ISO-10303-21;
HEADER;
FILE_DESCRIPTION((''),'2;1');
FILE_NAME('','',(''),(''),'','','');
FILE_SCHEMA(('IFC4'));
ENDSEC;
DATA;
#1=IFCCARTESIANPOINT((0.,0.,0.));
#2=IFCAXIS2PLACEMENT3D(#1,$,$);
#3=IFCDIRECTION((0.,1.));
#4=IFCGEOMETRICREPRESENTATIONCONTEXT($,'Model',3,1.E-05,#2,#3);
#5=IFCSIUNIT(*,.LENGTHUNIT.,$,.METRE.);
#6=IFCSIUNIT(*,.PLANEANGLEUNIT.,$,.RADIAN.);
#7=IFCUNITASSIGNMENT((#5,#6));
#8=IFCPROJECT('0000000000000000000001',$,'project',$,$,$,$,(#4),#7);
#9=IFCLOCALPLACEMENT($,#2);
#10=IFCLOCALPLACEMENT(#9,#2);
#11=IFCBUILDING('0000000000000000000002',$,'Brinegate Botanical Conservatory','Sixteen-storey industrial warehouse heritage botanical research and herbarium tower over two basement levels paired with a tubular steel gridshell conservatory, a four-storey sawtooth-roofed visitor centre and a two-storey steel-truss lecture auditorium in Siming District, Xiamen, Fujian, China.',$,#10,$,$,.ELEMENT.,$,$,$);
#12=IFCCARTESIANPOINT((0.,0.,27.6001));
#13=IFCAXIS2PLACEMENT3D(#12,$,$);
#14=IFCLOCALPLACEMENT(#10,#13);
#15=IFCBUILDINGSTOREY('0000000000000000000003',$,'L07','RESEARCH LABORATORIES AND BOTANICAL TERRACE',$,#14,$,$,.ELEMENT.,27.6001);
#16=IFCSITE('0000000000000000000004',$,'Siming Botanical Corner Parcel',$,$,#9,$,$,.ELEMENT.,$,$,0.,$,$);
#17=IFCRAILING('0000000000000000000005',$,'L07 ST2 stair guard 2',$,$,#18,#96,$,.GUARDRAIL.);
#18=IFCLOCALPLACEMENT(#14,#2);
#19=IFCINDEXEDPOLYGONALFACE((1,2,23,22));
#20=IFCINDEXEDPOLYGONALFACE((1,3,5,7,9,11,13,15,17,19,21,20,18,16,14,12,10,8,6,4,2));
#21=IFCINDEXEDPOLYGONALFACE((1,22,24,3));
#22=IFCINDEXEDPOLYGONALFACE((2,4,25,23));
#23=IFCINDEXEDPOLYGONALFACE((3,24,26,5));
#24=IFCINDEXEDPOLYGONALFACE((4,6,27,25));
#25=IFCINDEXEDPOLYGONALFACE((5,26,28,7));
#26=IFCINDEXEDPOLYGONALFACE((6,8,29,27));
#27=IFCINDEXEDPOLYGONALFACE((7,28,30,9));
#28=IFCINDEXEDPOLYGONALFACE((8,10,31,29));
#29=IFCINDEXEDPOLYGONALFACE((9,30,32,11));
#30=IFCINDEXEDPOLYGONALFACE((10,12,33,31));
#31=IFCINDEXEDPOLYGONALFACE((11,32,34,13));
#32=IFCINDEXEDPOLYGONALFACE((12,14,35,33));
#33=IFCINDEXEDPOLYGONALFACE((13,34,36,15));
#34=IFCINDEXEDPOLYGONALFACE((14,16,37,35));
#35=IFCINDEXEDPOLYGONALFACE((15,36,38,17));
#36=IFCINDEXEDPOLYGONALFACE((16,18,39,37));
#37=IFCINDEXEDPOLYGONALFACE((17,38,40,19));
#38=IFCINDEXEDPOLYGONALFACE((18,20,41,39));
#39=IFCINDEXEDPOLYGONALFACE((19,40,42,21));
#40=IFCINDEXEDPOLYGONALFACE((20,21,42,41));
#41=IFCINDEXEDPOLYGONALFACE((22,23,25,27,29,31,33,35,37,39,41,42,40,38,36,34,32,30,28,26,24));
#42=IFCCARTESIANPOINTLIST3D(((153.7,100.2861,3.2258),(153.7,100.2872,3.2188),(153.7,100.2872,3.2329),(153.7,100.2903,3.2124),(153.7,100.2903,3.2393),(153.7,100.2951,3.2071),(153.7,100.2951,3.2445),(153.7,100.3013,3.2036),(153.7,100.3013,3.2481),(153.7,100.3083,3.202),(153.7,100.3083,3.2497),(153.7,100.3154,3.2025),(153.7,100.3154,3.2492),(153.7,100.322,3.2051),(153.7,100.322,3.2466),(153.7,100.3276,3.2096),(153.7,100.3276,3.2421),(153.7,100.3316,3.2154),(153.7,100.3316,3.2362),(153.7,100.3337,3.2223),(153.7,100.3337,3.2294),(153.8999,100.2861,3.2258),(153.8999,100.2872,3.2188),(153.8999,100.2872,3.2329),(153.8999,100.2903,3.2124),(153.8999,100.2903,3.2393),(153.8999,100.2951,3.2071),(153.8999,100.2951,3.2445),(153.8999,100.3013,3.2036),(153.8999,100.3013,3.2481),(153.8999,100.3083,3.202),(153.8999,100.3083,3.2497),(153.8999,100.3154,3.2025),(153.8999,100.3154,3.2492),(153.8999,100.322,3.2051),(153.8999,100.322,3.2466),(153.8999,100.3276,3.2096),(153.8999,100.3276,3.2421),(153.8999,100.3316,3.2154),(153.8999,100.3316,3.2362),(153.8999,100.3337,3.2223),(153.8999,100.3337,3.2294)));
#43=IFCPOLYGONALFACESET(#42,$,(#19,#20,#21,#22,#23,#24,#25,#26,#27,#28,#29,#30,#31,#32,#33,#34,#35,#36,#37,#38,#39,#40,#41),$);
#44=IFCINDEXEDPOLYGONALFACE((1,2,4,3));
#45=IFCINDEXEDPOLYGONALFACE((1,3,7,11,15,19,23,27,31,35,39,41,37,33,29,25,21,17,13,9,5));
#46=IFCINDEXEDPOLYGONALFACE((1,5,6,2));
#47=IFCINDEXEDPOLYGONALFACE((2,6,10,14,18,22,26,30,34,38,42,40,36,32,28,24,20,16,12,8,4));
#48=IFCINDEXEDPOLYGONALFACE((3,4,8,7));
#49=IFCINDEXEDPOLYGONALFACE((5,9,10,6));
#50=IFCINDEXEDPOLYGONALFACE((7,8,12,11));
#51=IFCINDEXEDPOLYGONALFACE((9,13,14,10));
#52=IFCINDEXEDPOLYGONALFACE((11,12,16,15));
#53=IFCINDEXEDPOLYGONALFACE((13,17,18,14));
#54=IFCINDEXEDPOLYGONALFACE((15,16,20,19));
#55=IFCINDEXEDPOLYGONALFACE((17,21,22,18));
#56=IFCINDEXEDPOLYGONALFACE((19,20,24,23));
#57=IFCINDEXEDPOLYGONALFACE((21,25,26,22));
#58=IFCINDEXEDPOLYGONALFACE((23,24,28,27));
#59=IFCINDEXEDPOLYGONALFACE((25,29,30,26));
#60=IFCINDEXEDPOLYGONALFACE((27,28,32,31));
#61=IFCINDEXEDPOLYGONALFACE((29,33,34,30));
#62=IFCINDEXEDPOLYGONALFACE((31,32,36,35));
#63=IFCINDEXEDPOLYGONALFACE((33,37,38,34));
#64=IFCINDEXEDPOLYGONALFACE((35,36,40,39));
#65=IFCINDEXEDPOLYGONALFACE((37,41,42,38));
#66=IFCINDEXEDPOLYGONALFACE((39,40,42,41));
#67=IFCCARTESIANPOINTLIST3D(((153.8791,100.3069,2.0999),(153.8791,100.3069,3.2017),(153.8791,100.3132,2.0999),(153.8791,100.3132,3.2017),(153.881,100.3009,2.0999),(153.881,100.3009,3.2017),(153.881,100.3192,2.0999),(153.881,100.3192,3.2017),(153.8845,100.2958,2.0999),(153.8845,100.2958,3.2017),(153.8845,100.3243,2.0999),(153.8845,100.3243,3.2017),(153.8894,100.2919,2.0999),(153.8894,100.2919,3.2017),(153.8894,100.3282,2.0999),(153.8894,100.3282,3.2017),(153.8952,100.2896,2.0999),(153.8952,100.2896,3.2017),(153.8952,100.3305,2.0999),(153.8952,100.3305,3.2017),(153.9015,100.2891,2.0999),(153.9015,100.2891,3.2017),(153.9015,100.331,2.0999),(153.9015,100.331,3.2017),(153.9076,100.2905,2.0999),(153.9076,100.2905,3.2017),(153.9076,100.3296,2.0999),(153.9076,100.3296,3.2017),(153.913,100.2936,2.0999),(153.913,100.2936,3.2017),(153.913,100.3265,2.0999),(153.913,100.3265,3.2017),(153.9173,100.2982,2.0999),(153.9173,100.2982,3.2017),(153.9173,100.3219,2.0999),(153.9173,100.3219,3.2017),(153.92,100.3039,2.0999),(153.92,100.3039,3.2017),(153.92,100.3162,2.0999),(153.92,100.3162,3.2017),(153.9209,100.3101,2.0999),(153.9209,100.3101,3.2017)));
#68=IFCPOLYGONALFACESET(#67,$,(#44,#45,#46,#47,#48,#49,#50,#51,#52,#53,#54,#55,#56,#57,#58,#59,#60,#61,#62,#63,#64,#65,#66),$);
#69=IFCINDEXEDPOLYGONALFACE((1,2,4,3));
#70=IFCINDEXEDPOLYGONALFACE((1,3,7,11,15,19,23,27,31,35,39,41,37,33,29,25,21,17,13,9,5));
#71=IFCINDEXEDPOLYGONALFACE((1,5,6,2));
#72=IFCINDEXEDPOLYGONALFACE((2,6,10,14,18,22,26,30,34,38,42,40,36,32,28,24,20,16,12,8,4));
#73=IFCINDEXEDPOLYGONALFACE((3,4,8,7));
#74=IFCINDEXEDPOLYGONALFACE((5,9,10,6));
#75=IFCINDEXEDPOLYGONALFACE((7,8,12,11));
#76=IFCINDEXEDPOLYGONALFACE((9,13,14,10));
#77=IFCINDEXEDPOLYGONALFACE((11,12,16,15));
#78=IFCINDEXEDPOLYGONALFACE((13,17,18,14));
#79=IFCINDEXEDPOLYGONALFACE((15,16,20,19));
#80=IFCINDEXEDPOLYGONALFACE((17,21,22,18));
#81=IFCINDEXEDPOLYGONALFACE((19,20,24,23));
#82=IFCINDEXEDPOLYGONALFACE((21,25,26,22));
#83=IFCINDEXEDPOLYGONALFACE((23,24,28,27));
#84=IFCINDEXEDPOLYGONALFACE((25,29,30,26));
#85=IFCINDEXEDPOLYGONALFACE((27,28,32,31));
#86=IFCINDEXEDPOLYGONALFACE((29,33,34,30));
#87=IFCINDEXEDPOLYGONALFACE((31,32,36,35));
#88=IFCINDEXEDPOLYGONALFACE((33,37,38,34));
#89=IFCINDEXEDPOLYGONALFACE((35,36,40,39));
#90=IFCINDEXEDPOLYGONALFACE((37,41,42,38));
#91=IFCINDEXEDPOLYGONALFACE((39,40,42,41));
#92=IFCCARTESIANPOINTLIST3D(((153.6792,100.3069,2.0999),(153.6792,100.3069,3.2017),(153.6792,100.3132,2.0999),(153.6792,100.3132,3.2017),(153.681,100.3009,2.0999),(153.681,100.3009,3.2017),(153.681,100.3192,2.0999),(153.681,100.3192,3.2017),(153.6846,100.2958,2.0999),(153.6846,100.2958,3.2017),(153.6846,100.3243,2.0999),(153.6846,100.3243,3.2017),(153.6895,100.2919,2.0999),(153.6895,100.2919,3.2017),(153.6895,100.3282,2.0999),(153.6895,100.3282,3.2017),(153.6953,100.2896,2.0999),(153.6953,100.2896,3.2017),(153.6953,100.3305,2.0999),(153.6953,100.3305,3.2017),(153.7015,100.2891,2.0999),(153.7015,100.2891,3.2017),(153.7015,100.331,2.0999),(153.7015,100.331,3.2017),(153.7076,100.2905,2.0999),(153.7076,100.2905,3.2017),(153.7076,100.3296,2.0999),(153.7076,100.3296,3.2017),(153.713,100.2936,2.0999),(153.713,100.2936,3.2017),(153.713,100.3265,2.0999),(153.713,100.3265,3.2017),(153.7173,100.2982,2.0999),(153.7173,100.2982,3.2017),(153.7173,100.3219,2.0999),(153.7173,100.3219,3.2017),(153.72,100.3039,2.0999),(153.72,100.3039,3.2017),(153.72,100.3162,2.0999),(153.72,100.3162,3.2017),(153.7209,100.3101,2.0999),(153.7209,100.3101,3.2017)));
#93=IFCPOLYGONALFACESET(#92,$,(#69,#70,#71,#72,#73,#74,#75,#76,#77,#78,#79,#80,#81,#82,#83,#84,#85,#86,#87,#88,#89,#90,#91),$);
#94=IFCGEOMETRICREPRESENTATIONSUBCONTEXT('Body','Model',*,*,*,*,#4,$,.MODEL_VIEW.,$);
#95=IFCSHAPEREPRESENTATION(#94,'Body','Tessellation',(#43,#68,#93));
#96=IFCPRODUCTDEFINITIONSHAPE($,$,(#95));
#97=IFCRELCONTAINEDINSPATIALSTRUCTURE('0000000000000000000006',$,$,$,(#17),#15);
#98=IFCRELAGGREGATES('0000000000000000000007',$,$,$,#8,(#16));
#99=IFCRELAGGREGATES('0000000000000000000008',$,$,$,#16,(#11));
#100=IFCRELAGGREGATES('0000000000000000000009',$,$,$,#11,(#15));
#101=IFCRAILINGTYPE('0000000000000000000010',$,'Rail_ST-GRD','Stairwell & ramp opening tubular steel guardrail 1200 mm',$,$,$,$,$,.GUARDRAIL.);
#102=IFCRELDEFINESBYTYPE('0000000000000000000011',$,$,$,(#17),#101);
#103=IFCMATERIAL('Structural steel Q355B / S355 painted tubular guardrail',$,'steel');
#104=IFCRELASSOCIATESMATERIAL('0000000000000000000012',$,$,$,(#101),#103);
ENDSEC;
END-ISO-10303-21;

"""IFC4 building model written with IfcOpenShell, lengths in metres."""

from ifc_helpers import new_model, si_unit, direction, frame, origin, origin_2d, place, context, subcontext, project, spatial, circle, extrude, material, type_object, element, save


model = new_model("IFC4")

# Units and contexts
model_context = context("Model", 3, precision=1e-05, world=origin(), true_north=direction((0.0, 1.0)))
body_context = subcontext(model_context, "Body", "Model", "MODEL_VIEW")
ifc_project = project(units=[si_unit("LENGTHUNIT", "METRE"), si_unit("PLANEANGLEUNIT", "RADIAN")], contexts=[model_context])

# Site, building, storey
site_placement = place(None, origin())
site = spatial("IfcSite", under=ifc_project, at=site_placement, Name="Siming Botanical Corner Parcel", CompositionType="ELEMENT", RefElevation=0.0)
building_placement = place(site_placement, origin())
building = spatial("IfcBuilding", under=site, at=building_placement, Name="Brinegate Botanical Conservatory", Description="Sixteen-storey industrial warehouse heritage botanical research and herbarium tower over two basement levels paired with a tubular steel gridshell conservatory, a four-storey sawtooth-roofed visitor centre and a two-storey steel-truss lecture auditorium in Siming District, Xiamen, Fujian, China.", CompositionType="ELEMENT")
storey_placement = place(building_placement, frame((0.0, 0.0, 27.6001)))
storey = spatial("IfcBuildingStorey", under=building, at=storey_placement, Name="L07", Description="RESEARCH LABORATORIES AND BOTANICAL TERRACE", CompositionType="ELEMENT", Elevation=27.6001)

# Railing
ifc_material_1 = material(Name="Structural steel Q355B / S355 painted tubular guardrail", Category="steel")
railing_type_1 = type_object("IfcRailingType", Name="Rail_ST-GRD", Description="Stairwell & ramp opening tubular steel guardrail 1200 mm", PredefinedType="GUARDRAIL", material=ifc_material_1)
railing_1_placement = place(storey_placement, frame((153.8999, 100.3101, 2.0999)))
element("IfcRailing", 1, at=railing_1_placement, inside=storey, type_object=railing_type_1, Name="L07 ST2 stair guard 2", PredefinedType="GUARDRAIL", context=body_context, shape_type="SweptSolid", body=[
    extrude(circle(Radius=0.0239, at=origin_2d()), frame((0.0, 0.0, 1.126), z_axis=(-1.0, 0.0, 0.0), x_axis=(0.0, -1.0, 0.0)), (0.0, 0.0, 1.0), 0.2),
    extrude(circle(Radius=0.021, at=origin_2d()), origin(), (0.0, 0.0, 1.0), 1.1018),
    extrude(circle(Radius=0.021, at=origin_2d()), frame((-0.2, 0.0, 0.0)), (0.0, 0.0, 1.0), 1.1018),
])

save(model, "model.ifc")
